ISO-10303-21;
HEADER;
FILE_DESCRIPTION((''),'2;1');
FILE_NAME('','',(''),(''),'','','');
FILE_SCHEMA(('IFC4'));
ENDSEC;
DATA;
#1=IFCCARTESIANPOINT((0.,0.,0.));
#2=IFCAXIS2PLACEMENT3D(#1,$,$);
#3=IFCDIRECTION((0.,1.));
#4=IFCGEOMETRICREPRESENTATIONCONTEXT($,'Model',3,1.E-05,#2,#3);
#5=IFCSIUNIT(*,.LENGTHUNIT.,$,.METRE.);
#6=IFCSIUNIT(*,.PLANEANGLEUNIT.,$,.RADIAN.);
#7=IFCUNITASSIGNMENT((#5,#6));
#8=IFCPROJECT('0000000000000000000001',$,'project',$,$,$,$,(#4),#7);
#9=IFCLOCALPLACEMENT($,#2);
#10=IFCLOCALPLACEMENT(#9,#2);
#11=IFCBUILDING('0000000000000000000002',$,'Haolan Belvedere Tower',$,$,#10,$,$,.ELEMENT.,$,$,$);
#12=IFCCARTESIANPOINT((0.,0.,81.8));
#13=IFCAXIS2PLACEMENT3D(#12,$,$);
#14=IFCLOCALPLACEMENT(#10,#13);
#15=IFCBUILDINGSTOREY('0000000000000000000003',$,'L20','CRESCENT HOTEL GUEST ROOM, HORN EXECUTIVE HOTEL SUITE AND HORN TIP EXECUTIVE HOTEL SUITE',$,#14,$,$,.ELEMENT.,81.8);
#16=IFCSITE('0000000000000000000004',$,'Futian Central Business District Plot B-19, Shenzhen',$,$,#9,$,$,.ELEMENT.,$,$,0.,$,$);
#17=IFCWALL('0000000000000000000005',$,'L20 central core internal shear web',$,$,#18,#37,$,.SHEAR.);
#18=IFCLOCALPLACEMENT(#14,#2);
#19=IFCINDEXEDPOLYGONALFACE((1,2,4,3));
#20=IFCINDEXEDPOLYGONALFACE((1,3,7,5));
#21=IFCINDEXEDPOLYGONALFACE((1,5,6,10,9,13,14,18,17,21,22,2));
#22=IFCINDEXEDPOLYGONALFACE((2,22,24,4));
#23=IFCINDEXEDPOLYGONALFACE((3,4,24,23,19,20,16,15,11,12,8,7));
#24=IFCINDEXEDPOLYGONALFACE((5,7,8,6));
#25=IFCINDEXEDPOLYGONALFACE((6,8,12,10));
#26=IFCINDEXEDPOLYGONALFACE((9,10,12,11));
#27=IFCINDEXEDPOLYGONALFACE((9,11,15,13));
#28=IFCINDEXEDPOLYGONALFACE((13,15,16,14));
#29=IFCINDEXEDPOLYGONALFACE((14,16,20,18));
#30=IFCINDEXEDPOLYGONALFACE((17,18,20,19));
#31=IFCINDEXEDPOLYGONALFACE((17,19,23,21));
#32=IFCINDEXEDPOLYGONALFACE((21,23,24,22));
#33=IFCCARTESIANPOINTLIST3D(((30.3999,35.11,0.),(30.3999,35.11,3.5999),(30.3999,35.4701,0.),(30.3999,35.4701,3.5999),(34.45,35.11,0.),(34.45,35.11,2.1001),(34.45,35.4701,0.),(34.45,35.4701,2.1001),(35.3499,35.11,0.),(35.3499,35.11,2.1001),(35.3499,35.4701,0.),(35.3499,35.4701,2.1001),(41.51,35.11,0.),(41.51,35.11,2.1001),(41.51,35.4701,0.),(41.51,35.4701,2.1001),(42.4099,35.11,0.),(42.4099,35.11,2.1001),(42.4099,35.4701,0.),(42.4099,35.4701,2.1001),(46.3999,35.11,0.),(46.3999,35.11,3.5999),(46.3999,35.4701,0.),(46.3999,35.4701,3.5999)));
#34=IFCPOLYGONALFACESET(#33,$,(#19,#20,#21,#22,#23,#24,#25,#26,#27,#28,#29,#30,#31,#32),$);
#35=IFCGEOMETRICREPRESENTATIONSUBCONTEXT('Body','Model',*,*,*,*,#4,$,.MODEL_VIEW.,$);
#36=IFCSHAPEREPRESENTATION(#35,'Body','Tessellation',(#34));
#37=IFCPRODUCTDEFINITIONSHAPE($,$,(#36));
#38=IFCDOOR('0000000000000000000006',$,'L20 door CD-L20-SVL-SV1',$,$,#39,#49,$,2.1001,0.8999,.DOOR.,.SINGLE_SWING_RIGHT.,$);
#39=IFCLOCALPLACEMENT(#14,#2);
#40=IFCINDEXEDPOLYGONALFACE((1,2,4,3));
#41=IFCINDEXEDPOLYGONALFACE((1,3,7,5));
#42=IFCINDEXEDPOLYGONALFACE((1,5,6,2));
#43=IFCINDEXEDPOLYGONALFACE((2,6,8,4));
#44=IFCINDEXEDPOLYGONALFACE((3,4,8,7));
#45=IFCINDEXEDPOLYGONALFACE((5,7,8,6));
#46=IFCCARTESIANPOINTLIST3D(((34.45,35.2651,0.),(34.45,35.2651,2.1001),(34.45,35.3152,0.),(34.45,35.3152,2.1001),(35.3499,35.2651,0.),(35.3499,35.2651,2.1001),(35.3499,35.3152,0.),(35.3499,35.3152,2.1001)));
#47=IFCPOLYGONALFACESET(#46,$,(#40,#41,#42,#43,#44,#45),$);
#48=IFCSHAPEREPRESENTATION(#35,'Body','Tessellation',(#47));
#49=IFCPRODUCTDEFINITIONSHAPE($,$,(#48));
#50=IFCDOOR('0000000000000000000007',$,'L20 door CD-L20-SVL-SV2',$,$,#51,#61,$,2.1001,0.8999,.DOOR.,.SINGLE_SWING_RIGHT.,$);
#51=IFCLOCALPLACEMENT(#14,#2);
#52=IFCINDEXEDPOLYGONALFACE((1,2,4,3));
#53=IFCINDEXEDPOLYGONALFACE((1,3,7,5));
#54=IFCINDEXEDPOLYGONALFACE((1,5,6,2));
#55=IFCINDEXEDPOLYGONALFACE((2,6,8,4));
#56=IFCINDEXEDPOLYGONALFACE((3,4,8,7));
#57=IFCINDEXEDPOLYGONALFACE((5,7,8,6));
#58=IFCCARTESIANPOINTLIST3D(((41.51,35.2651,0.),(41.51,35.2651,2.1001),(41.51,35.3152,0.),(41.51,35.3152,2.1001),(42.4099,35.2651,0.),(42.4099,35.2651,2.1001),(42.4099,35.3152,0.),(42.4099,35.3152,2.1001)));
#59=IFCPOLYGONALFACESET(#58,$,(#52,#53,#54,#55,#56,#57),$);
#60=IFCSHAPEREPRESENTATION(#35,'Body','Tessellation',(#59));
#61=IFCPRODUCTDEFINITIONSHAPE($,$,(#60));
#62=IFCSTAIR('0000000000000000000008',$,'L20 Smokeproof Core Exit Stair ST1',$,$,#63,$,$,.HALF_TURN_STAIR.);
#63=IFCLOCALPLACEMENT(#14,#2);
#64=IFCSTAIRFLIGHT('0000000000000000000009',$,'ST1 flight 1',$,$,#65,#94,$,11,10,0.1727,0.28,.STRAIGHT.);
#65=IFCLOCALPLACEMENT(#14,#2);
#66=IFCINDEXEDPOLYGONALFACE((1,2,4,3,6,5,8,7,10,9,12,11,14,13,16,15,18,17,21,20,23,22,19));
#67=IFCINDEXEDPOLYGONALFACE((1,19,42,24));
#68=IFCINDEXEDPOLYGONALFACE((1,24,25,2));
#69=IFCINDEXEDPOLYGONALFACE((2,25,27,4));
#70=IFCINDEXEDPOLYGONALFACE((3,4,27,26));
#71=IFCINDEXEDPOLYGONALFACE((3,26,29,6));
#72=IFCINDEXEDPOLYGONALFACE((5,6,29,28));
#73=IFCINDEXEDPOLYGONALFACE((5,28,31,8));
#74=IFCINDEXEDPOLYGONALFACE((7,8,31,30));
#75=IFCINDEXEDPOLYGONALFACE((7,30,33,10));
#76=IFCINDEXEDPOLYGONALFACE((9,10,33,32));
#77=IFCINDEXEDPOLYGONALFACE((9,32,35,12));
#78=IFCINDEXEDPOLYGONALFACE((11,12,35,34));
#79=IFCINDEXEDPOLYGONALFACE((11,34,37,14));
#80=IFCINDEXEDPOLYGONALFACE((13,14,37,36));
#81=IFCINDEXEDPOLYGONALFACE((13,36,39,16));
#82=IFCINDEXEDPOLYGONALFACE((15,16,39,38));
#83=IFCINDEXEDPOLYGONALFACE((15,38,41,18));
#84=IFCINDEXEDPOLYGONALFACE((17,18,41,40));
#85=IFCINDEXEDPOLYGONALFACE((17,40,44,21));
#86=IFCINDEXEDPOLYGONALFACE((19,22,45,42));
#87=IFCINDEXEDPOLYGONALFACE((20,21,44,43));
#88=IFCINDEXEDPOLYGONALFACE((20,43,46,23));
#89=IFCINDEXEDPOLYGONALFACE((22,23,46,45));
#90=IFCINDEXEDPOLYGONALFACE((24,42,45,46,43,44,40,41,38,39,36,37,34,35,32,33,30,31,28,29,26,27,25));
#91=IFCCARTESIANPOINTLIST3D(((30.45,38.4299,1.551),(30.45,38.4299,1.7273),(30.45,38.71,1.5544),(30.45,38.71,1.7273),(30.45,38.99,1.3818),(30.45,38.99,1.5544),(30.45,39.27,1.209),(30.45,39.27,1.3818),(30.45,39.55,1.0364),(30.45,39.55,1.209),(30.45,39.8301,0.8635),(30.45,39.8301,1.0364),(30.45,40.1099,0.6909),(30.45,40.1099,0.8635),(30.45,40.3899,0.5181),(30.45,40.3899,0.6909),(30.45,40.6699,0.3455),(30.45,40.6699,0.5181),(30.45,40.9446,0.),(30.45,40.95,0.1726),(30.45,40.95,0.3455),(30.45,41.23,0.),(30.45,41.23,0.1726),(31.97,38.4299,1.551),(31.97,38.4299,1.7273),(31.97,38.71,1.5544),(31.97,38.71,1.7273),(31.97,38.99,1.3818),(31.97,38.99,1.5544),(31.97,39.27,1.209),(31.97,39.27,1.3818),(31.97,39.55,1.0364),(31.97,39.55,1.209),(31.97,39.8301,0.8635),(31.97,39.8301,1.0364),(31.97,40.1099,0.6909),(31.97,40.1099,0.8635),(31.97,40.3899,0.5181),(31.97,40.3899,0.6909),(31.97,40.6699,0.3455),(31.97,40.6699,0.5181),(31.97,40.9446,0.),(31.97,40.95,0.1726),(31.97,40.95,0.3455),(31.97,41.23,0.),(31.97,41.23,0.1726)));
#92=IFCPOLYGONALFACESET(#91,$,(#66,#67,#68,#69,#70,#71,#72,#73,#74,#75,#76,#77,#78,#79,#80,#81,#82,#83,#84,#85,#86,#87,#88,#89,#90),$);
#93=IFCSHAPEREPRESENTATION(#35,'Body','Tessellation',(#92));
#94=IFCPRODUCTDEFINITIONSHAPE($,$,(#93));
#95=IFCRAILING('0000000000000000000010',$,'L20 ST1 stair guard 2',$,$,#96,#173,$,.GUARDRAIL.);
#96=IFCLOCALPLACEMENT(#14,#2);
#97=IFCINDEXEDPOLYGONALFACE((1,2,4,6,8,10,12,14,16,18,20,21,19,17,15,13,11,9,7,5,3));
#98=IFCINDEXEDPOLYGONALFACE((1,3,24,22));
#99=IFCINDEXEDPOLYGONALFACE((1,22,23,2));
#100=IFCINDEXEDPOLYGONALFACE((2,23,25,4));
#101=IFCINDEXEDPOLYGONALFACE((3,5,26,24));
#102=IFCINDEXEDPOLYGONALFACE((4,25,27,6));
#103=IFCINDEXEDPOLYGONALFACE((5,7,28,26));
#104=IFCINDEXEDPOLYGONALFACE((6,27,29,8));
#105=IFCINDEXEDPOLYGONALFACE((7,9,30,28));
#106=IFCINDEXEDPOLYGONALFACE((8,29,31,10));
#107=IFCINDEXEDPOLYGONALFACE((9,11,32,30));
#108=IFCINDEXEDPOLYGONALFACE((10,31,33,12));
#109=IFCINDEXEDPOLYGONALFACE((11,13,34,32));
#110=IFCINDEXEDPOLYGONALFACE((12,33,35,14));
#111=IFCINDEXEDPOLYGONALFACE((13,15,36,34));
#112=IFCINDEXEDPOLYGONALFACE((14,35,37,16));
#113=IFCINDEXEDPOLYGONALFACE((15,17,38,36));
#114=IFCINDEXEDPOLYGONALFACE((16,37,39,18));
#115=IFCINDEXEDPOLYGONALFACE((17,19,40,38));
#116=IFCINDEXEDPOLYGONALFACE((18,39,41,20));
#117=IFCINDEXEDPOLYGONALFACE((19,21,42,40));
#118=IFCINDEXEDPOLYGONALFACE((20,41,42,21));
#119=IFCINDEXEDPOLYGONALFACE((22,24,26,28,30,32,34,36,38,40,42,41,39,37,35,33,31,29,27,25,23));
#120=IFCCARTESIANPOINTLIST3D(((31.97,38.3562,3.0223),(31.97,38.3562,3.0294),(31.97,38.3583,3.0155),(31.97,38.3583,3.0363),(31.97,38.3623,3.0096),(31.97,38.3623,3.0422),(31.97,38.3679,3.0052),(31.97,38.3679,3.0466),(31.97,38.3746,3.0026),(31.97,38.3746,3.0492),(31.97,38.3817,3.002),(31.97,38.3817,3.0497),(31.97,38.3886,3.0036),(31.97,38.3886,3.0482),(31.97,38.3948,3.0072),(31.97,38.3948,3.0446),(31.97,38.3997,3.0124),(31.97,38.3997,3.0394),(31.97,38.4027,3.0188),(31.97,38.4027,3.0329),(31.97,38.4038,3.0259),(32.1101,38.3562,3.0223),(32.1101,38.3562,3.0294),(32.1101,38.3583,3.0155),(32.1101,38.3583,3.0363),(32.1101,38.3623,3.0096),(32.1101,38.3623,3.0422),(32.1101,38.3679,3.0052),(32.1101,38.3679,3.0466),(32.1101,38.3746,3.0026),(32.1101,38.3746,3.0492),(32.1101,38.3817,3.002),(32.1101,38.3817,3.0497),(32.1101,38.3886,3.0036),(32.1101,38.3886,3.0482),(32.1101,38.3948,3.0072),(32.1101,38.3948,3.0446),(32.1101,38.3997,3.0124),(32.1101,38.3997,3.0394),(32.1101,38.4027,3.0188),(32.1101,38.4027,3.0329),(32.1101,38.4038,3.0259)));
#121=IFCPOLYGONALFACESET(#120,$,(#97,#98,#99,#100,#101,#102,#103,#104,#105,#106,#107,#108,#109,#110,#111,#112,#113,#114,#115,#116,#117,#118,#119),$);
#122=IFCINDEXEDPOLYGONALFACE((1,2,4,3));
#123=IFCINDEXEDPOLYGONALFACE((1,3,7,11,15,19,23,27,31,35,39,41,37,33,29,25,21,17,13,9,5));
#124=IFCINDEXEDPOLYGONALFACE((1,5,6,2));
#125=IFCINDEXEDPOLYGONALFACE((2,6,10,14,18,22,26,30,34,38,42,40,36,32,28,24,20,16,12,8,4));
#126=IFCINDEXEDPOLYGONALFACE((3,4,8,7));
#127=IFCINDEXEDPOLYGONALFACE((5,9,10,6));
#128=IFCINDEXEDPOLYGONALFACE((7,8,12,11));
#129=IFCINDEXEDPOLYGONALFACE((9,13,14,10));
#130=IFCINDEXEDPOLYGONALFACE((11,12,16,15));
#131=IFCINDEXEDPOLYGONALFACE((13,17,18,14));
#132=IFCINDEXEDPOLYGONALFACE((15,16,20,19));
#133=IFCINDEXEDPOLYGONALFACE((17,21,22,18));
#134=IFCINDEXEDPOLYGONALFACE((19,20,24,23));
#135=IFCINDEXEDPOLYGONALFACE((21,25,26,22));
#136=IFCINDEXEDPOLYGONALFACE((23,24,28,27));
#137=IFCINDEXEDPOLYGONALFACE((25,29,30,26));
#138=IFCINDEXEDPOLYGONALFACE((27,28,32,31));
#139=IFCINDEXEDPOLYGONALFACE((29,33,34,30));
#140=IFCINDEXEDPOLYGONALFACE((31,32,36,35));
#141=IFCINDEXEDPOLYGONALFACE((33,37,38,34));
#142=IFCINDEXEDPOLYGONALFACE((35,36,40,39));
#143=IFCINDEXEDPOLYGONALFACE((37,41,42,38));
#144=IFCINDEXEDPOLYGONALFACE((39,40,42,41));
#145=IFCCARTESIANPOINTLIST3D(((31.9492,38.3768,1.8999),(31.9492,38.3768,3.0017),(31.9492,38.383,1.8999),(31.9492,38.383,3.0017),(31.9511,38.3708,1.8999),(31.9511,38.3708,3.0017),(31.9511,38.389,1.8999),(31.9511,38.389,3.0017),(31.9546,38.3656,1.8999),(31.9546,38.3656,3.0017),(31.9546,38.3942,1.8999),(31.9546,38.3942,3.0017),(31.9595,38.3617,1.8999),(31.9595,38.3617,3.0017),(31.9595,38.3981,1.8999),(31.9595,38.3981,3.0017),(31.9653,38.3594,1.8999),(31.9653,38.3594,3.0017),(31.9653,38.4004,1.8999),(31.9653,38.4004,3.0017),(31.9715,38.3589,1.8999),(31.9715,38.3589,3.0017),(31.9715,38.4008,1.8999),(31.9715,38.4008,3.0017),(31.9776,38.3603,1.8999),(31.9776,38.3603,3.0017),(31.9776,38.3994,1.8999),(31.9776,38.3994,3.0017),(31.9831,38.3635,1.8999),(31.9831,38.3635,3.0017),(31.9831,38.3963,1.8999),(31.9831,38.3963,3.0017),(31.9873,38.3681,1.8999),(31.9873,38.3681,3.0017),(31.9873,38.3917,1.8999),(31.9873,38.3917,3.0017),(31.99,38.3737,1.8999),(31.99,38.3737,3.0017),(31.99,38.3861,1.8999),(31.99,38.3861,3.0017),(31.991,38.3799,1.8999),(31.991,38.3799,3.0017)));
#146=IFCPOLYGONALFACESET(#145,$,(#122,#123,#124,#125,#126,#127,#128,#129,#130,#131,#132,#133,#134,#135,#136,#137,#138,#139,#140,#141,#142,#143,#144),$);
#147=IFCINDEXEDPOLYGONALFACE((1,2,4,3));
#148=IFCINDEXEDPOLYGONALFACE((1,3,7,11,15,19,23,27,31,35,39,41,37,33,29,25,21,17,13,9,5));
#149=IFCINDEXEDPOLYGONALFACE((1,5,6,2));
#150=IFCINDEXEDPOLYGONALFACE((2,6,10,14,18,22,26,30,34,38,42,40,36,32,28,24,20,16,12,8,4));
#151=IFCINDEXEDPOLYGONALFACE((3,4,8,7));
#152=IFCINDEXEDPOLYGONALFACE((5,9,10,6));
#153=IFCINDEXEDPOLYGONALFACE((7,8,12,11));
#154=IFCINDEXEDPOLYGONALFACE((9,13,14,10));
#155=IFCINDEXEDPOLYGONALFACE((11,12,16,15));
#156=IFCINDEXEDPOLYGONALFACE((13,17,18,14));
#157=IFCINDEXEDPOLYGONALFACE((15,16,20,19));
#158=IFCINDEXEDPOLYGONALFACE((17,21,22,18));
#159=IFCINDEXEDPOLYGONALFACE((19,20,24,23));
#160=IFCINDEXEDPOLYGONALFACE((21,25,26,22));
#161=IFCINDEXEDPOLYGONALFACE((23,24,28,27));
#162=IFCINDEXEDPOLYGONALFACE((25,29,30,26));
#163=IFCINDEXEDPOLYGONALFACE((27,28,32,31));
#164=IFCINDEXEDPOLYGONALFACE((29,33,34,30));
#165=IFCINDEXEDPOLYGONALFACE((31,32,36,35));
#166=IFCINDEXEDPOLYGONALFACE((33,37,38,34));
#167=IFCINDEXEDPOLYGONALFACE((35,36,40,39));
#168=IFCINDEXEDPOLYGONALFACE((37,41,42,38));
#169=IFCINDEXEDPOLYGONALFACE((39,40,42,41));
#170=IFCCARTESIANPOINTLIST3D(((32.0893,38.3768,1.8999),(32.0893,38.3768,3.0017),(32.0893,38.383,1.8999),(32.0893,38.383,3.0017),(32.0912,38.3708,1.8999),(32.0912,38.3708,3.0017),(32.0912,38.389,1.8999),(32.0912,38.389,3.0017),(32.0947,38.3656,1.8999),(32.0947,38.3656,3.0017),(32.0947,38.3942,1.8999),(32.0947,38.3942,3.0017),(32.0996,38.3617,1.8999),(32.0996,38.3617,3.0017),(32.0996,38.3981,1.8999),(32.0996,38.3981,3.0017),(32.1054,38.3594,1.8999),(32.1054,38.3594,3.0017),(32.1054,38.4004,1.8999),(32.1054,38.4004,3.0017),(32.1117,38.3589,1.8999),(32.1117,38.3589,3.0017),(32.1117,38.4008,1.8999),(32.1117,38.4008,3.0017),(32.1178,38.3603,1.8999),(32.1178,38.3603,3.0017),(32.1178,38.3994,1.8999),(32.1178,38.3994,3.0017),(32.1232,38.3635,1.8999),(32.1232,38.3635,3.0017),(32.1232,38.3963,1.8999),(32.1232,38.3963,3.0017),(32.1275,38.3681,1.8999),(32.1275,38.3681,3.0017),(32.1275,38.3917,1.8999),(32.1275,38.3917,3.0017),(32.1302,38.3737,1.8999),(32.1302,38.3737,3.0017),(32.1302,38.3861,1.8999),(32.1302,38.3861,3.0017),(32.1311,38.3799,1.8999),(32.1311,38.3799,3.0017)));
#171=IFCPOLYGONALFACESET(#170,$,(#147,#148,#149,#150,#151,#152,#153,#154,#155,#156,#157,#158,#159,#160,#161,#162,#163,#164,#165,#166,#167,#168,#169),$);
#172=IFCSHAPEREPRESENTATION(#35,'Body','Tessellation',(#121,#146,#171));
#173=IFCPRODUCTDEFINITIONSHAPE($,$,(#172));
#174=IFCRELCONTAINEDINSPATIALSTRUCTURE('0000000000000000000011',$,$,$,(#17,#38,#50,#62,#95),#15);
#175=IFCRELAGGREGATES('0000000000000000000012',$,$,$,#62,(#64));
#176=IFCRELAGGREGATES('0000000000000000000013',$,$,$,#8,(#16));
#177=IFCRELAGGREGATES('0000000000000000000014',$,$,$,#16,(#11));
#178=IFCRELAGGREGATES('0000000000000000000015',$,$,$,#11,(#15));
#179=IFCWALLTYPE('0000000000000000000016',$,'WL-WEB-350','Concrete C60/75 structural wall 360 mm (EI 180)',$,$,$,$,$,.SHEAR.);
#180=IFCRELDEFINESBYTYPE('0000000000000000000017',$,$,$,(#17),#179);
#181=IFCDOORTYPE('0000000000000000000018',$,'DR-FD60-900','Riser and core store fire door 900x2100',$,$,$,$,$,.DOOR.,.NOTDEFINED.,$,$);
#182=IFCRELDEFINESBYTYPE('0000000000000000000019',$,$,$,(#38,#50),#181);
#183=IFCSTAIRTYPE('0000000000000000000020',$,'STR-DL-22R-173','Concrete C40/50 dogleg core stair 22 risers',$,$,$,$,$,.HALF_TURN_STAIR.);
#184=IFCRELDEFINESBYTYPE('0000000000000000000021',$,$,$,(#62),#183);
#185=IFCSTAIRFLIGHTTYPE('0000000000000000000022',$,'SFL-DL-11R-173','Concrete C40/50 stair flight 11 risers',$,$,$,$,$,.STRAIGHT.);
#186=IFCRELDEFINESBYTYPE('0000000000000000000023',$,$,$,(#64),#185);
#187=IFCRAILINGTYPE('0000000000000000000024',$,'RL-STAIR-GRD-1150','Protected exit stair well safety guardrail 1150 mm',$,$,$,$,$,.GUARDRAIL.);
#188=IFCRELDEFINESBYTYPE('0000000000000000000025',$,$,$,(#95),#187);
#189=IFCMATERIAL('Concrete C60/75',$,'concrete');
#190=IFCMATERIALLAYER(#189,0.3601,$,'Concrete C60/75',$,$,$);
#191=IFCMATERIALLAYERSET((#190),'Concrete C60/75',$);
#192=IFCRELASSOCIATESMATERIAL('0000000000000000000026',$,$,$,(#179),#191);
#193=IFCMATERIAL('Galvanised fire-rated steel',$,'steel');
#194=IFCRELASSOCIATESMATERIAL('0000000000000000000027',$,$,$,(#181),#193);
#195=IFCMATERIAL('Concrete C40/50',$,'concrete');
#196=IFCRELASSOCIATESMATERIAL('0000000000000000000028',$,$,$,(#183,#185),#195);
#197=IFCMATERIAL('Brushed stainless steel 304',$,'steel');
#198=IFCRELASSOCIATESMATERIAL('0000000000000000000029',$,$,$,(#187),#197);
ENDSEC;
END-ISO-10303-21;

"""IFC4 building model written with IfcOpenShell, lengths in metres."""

from ifc_helpers import new_model, si_unit, direction, frame, frame_2d, origin, origin_2d, place, context, subcontext, project, spatial, polyline, rectangle, circle, outline, extrude, material, layer, layer_set, type_object, element, fill, aggregate, save


model = new_model("IFC4")

# Units and contexts
model_context = context("Model", 3, precision=1e-05, world=origin(), true_north=direction((0.0, 1.0)))
body_context = subcontext(model_context, "Body", "Model", "MODEL_VIEW")
ifc_project = project(units=[si_unit("LENGTHUNIT", "METRE"), si_unit("PLANEANGLEUNIT", "RADIAN")], contexts=[model_context])

# Site, building, storey
site_placement = place(None, origin())
site = spatial("IfcSite", under=ifc_project, at=site_placement, Name="Futian Central Business District Plot B-19, Shenzhen", CompositionType="ELEMENT", RefElevation=0.0)
building_placement = place(site_placement, origin())
building = spatial("IfcBuilding", under=site, at=building_placement, Name="Haolan Belvedere Tower", CompositionType="ELEMENT")
storey_placement = place(building_placement, frame((0.0, 0.0, 81.8)))
storey = spatial("IfcBuildingStorey", under=building, at=storey_placement, Name="L20", Description="CRESCENT HOTEL GUEST ROOM, HORN EXECUTIVE HOTEL SUITE AND HORN TIP EXECUTIVE HOTEL SUITE", CompositionType="ELEMENT", Elevation=81.8)

# Shared definitions
ifc_material_1 = material(Name="Concrete C60/75", Category="concrete")

# Wall, openings, doors
ifc_layer_1 = layer(ifc_material_1, 0.3601, Name="Concrete C60/75")
ifc_layer_set_1 = layer_set([ifc_layer_1], Name="Concrete C60/75")
wall_type_1 = type_object("IfcWallType", Name="WL-WEB-350", Description="Concrete C60/75 structural wall 360 mm (EI 180)", PredefinedType="SHEAR", material=ifc_layer_set_1)
wall_1_placement = place(storey_placement, frame((30.3999, 35.29, 0.0), z_axis=(0.0, 0.0, 1.0), x_axis=(1.0, 0.0, 0.0)))
wall_1 = element("IfcWall", 1, at=wall_1_placement, inside=storey, type_object=wall_type_1, Name="L20 central core internal shear web", PredefinedType="SHEAR", context=body_context, shape_type="SweptSolid", body=[
    extrude(rectangle(XDim=16.0, YDim=0.3601, at=frame_2d((8.0, 0.0))), origin(), (0.0, 0.0, 1.0), 3.5999),
])
opening_1_placement = place(wall_1_placement, frame((4.95, 0.0, 0.0), z_axis=(0.0, 0.0, 1.0), x_axis=(-1.0, 0.0, 0.0)))
opening_1 = element("IfcOpeningElement", 2, at=opening_1_placement, cuts=wall_1, PredefinedType="OPENING", context=body_context, shape_type="SweptSolid", body=[
    extrude(rectangle(XDim=0.8999, YDim=2.1001, at=frame_2d((0.45, 1.05))), frame((0.0, 0.1899, 0.0), z_axis=(0.0, -1.0, 0.0), x_axis=(1.0, 0.0, 0.0)), (0.0, 0.0, 1.0), 0.3801),
])
opening_2_placement = place(wall_1_placement, frame((12.01, 0.0, 0.0), z_axis=(0.0, 0.0, 1.0), x_axis=(-1.0, 0.0, 0.0)))
opening_2 = element("IfcOpeningElement", 3, at=opening_2_placement, cuts=wall_1, PredefinedType="OPENING", context=body_context, shape_type="SweptSolid", body=[
    extrude(rectangle(XDim=0.8999, YDim=2.1001, at=frame_2d((0.45, 1.05))), frame((0.0, 0.1899, 0.0), z_axis=(0.0, -1.0, 0.0), x_axis=(1.0, 0.0, 0.0)), (0.0, 0.0, 1.0), 0.3801),
])
ifc_material_2 = material(Name="Galvanised fire-rated steel", Category="steel")
door_type_1 = type_object("IfcDoorType", Name="DR-FD60-900", Description="Riser and core store fire door 900x2100", OperationType="NOTDEFINED", PredefinedType="DOOR", material=ifc_material_2)
door_1_placement = place(opening_1_placement, origin())
door_1 = element("IfcDoor", 4, at=door_1_placement, inside=storey, type_object=door_type_1, Name="L20 door CD-L20-SVL-SV1", OperationType="SINGLE_SWING_RIGHT", OverallHeight=2.1001, OverallWidth=0.8999, PredefinedType="DOOR", context=body_context, shape_type="SweptSolid", body=[
    extrude(rectangle(XDim=0.8999, YDim=2.1001, at=frame_2d((0.45, 1.05))), frame((0.0, 0.0249, 0.0), z_axis=(0.0, -1.0, 0.0), x_axis=(1.0, 0.0, 0.0)), (0.0, 0.0, 1.0), 0.05),
])
fill(opening_1, door_1)
door_2_placement = place(opening_2_placement, origin())
door_2 = element("IfcDoor", 5, at=door_2_placement, inside=storey, type_object=door_type_1, Name="L20 door CD-L20-SVL-SV2", OperationType="SINGLE_SWING_RIGHT", OverallHeight=2.1001, OverallWidth=0.8999, PredefinedType="DOOR", context=body_context, shape_type="SweptSolid", body=[
    extrude(rectangle(XDim=0.8999, YDim=2.1001, at=frame_2d((0.45, 1.05))), frame((0.0, 0.0249, 0.0), z_axis=(0.0, -1.0, 0.0), x_axis=(1.0, 0.0, 0.0)), (0.0, 0.0, 1.0), 0.05),
])
fill(opening_2, door_2)

# Stair, stair flight
ifc_material_3 = material(Name="Concrete C40/50", Category="concrete")
stair_type = type_object("IfcStairType", Name="STR-DL-22R-173", Description="Concrete C40/50 dogleg core stair 22 risers", PredefinedType="HALF_TURN_STAIR", material=ifc_material_3)
stair_placement = place(storey_placement, origin())
stair = element("IfcStair", 6, at=stair_placement, inside=storey, type_object=stair_type, Name="L20 Smokeproof Core Exit Stair ST1", PredefinedType="HALF_TURN_STAIR")
stair_flight_type = type_object("IfcStairFlightType", Name="SFL-DL-11R-173", Description="Concrete C40/50 stair flight 11 risers", PredefinedType="STRAIGHT", material=ifc_material_3)
stair_flight_placement = place(storey_placement, frame((31.21, 41.23, 0.0), z_axis=(0.0, 0.0, 1.0), x_axis=(0.0, -1.0, 0.0)))
stair_flight = element("IfcStairFlight", 7, at=stair_flight_placement, type_object=stair_flight_type, Name="ST1 flight 1", NumberOfRisers=11, NumberOfTreads=10, PredefinedType="STRAIGHT", RiserHeight=0.1727, TreadLength=0.28, context=body_context, shape_type="SweptSolid", body=[
    extrude(outline(polyline([(0.0, 0.0), (0.0, 0.1726), (0.28, 0.1726), (0.28, 0.3455), (0.5601, 0.3455), (0.5601, 0.5181), (0.8401, 0.5181), (0.8401, 0.6909), (1.1201, 0.6909), (1.1201, 0.8635), (1.3999, 0.8635), (1.3999, 1.0364), (1.6799, 1.0364), (1.6799, 1.209), (1.96, 1.209), (1.96, 1.3818), (2.24, 1.3818), (2.24, 1.5544), (2.52, 1.5544), (2.52, 1.7273), (2.8, 1.7273), (2.8, 1.8999), (2.8, 1.551), (0.2854, 0.0), (0.0, 0.0)])), frame((0.0, 0.76, 0.0), z_axis=(0.0, -1.0, 0.0), x_axis=(1.0, 0.0, 0.0)), (0.0, 0.0, 1.0), 1.52),
])
aggregate(stair, [stair_flight])

# Railing
ifc_material_4 = material(Name="Brushed stainless steel 304", Category="steel")
railing_type_1 = type_object("IfcRailingType", Name="RL-STAIR-GRD-1150", Description="Protected exit stair well safety guardrail 1150 mm", PredefinedType="GUARDRAIL", material=ifc_material_4)
railing_1_placement = place(storey_placement, frame((31.97, 38.3799, 1.8999)))
element("IfcRailing", 8, at=railing_1_placement, inside=storey, type_object=railing_type_1, Name="L20 ST1 stair guard 2", PredefinedType="GUARDRAIL", context=body_context, shape_type="SweptSolid", body=[
    extrude(circle(Radius=0.0239, at=origin_2d()), frame((0.0, 0.0, 1.126), z_axis=(1.0, 0.0, 0.0), x_axis=(0.0, 1.0, 0.0)), (0.0, 0.0, 1.0), 0.1401),
    extrude(circle(Radius=0.021, at=origin_2d()), origin(), (0.0, 0.0, 1.0), 1.1018),
    extrude(circle(Radius=0.021, at=origin_2d()), frame((0.1401, 0.0, 0.0)), (0.0, 0.0, 1.0), 1.1018),
])

save(model, "model.ifc")
